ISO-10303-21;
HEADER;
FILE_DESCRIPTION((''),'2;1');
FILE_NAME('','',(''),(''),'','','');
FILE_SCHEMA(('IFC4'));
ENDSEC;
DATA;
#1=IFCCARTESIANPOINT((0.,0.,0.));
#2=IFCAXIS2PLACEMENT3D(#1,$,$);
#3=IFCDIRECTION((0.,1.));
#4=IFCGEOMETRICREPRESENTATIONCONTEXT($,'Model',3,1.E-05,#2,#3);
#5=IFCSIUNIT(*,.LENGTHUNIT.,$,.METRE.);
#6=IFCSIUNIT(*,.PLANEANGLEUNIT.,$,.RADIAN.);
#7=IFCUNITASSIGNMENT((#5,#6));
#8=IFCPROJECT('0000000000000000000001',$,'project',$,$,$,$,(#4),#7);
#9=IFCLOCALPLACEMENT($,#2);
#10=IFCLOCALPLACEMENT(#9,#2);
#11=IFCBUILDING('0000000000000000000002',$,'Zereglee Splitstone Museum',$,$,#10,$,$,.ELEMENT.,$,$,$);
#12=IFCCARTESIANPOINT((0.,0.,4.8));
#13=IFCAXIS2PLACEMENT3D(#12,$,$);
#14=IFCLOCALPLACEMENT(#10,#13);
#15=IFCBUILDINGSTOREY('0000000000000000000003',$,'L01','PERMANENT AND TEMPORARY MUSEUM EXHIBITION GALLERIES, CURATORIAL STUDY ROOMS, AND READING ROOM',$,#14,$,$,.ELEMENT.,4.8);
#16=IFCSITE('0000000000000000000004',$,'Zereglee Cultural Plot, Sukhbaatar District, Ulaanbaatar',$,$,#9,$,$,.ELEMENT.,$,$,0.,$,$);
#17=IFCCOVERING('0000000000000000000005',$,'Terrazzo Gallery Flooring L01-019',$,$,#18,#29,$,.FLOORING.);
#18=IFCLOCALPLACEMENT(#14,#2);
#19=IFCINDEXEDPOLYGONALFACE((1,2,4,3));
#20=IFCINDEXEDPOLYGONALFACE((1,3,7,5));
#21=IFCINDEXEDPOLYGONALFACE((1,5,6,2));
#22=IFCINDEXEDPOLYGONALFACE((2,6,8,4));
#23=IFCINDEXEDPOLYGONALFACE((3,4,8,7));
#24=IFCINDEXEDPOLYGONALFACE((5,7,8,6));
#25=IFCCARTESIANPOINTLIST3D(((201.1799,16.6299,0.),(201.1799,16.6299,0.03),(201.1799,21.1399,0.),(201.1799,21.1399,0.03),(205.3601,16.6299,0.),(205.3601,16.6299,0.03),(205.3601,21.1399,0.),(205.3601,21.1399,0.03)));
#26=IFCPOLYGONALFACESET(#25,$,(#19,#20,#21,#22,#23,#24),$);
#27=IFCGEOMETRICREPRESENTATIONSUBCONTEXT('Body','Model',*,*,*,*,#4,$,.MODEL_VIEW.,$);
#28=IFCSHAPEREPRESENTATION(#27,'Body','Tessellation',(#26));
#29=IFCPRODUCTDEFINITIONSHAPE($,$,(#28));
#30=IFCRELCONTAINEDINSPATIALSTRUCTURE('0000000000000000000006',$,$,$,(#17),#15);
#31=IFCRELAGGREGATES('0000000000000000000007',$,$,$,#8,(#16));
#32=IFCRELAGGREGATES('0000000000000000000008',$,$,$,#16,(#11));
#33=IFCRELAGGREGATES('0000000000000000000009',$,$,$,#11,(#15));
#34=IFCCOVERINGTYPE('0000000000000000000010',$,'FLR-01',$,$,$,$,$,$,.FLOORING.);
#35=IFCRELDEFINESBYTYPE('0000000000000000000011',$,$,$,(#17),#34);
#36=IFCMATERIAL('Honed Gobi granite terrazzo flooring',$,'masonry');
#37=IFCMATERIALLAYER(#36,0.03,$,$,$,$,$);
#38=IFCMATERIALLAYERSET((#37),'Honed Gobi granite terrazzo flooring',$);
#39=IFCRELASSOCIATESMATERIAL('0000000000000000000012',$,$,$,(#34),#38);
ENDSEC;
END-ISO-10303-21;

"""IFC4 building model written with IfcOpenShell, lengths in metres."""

from ifc_helpers import new_model, si_unit, direction, frame, origin, place, context, subcontext, project, spatial, polyline, outline, extrude, material, layer, layer_set, type_object, element, save


model = new_model("IFC4")

# Units and contexts
model_context = context("Model", 3, precision=1e-05, world=origin(), true_north=direction((0.0, 1.0)))
body_context = subcontext(model_context, "Body", "Model", "MODEL_VIEW")
ifc_project = project(units=[si_unit("LENGTHUNIT", "METRE"), si_unit("PLANEANGLEUNIT", "RADIAN")], contexts=[model_context])

# Site, building, storey
site_placement = place(None, origin())
site = spatial("IfcSite", under=ifc_project, at=site_placement, Name="Zereglee Cultural Plot, Sukhbaatar District, Ulaanbaatar", CompositionType="ELEMENT", RefElevation=0.0)
building_placement = place(site_placement, origin())
building = spatial("IfcBuilding", under=site, at=building_placement, Name="Zereglee Splitstone Museum", CompositionType="ELEMENT")
storey_placement = place(building_placement, frame((0.0, 0.0, 4.8)))
storey = spatial("IfcBuildingStorey", under=building, at=storey_placement, Name="L01", Description="PERMANENT AND TEMPORARY MUSEUM EXHIBITION GALLERIES, CURATORIAL STUDY ROOMS, AND READING ROOM", CompositionType="ELEMENT", Elevation=4.8)

# Covering
ifc_material_1 = material(Name="Honed Gobi granite terrazzo flooring", Category="masonry")
ifc_layer_1 = layer(ifc_material_1, 0.03)
ifc_layer_set_1 = layer_set([ifc_layer_1], Name="Honed Gobi granite terrazzo flooring")
covering_type_1 = type_object("IfcCoveringType", Name="FLR-01", PredefinedType="FLOORING", material=ifc_layer_set_1)
covering_1_placement = place(storey_placement, origin())
element("IfcCovering", 1, at=covering_1_placement, inside=storey, type_object=covering_type_1, Name="Terrazzo Gallery Flooring L01-019", PredefinedType="FLOORING", context=body_context, shape_type="SweptSolid", body=[
    extrude(outline(polyline([(201.1799, 21.1399), (205.3601, 21.1399), (205.3601, 16.6299), (201.1799, 16.6299), (201.1799, 21.1399)])), origin(), (0.0, 0.0, 1.0), 0.03),
])

save(model, "model.ifc")
